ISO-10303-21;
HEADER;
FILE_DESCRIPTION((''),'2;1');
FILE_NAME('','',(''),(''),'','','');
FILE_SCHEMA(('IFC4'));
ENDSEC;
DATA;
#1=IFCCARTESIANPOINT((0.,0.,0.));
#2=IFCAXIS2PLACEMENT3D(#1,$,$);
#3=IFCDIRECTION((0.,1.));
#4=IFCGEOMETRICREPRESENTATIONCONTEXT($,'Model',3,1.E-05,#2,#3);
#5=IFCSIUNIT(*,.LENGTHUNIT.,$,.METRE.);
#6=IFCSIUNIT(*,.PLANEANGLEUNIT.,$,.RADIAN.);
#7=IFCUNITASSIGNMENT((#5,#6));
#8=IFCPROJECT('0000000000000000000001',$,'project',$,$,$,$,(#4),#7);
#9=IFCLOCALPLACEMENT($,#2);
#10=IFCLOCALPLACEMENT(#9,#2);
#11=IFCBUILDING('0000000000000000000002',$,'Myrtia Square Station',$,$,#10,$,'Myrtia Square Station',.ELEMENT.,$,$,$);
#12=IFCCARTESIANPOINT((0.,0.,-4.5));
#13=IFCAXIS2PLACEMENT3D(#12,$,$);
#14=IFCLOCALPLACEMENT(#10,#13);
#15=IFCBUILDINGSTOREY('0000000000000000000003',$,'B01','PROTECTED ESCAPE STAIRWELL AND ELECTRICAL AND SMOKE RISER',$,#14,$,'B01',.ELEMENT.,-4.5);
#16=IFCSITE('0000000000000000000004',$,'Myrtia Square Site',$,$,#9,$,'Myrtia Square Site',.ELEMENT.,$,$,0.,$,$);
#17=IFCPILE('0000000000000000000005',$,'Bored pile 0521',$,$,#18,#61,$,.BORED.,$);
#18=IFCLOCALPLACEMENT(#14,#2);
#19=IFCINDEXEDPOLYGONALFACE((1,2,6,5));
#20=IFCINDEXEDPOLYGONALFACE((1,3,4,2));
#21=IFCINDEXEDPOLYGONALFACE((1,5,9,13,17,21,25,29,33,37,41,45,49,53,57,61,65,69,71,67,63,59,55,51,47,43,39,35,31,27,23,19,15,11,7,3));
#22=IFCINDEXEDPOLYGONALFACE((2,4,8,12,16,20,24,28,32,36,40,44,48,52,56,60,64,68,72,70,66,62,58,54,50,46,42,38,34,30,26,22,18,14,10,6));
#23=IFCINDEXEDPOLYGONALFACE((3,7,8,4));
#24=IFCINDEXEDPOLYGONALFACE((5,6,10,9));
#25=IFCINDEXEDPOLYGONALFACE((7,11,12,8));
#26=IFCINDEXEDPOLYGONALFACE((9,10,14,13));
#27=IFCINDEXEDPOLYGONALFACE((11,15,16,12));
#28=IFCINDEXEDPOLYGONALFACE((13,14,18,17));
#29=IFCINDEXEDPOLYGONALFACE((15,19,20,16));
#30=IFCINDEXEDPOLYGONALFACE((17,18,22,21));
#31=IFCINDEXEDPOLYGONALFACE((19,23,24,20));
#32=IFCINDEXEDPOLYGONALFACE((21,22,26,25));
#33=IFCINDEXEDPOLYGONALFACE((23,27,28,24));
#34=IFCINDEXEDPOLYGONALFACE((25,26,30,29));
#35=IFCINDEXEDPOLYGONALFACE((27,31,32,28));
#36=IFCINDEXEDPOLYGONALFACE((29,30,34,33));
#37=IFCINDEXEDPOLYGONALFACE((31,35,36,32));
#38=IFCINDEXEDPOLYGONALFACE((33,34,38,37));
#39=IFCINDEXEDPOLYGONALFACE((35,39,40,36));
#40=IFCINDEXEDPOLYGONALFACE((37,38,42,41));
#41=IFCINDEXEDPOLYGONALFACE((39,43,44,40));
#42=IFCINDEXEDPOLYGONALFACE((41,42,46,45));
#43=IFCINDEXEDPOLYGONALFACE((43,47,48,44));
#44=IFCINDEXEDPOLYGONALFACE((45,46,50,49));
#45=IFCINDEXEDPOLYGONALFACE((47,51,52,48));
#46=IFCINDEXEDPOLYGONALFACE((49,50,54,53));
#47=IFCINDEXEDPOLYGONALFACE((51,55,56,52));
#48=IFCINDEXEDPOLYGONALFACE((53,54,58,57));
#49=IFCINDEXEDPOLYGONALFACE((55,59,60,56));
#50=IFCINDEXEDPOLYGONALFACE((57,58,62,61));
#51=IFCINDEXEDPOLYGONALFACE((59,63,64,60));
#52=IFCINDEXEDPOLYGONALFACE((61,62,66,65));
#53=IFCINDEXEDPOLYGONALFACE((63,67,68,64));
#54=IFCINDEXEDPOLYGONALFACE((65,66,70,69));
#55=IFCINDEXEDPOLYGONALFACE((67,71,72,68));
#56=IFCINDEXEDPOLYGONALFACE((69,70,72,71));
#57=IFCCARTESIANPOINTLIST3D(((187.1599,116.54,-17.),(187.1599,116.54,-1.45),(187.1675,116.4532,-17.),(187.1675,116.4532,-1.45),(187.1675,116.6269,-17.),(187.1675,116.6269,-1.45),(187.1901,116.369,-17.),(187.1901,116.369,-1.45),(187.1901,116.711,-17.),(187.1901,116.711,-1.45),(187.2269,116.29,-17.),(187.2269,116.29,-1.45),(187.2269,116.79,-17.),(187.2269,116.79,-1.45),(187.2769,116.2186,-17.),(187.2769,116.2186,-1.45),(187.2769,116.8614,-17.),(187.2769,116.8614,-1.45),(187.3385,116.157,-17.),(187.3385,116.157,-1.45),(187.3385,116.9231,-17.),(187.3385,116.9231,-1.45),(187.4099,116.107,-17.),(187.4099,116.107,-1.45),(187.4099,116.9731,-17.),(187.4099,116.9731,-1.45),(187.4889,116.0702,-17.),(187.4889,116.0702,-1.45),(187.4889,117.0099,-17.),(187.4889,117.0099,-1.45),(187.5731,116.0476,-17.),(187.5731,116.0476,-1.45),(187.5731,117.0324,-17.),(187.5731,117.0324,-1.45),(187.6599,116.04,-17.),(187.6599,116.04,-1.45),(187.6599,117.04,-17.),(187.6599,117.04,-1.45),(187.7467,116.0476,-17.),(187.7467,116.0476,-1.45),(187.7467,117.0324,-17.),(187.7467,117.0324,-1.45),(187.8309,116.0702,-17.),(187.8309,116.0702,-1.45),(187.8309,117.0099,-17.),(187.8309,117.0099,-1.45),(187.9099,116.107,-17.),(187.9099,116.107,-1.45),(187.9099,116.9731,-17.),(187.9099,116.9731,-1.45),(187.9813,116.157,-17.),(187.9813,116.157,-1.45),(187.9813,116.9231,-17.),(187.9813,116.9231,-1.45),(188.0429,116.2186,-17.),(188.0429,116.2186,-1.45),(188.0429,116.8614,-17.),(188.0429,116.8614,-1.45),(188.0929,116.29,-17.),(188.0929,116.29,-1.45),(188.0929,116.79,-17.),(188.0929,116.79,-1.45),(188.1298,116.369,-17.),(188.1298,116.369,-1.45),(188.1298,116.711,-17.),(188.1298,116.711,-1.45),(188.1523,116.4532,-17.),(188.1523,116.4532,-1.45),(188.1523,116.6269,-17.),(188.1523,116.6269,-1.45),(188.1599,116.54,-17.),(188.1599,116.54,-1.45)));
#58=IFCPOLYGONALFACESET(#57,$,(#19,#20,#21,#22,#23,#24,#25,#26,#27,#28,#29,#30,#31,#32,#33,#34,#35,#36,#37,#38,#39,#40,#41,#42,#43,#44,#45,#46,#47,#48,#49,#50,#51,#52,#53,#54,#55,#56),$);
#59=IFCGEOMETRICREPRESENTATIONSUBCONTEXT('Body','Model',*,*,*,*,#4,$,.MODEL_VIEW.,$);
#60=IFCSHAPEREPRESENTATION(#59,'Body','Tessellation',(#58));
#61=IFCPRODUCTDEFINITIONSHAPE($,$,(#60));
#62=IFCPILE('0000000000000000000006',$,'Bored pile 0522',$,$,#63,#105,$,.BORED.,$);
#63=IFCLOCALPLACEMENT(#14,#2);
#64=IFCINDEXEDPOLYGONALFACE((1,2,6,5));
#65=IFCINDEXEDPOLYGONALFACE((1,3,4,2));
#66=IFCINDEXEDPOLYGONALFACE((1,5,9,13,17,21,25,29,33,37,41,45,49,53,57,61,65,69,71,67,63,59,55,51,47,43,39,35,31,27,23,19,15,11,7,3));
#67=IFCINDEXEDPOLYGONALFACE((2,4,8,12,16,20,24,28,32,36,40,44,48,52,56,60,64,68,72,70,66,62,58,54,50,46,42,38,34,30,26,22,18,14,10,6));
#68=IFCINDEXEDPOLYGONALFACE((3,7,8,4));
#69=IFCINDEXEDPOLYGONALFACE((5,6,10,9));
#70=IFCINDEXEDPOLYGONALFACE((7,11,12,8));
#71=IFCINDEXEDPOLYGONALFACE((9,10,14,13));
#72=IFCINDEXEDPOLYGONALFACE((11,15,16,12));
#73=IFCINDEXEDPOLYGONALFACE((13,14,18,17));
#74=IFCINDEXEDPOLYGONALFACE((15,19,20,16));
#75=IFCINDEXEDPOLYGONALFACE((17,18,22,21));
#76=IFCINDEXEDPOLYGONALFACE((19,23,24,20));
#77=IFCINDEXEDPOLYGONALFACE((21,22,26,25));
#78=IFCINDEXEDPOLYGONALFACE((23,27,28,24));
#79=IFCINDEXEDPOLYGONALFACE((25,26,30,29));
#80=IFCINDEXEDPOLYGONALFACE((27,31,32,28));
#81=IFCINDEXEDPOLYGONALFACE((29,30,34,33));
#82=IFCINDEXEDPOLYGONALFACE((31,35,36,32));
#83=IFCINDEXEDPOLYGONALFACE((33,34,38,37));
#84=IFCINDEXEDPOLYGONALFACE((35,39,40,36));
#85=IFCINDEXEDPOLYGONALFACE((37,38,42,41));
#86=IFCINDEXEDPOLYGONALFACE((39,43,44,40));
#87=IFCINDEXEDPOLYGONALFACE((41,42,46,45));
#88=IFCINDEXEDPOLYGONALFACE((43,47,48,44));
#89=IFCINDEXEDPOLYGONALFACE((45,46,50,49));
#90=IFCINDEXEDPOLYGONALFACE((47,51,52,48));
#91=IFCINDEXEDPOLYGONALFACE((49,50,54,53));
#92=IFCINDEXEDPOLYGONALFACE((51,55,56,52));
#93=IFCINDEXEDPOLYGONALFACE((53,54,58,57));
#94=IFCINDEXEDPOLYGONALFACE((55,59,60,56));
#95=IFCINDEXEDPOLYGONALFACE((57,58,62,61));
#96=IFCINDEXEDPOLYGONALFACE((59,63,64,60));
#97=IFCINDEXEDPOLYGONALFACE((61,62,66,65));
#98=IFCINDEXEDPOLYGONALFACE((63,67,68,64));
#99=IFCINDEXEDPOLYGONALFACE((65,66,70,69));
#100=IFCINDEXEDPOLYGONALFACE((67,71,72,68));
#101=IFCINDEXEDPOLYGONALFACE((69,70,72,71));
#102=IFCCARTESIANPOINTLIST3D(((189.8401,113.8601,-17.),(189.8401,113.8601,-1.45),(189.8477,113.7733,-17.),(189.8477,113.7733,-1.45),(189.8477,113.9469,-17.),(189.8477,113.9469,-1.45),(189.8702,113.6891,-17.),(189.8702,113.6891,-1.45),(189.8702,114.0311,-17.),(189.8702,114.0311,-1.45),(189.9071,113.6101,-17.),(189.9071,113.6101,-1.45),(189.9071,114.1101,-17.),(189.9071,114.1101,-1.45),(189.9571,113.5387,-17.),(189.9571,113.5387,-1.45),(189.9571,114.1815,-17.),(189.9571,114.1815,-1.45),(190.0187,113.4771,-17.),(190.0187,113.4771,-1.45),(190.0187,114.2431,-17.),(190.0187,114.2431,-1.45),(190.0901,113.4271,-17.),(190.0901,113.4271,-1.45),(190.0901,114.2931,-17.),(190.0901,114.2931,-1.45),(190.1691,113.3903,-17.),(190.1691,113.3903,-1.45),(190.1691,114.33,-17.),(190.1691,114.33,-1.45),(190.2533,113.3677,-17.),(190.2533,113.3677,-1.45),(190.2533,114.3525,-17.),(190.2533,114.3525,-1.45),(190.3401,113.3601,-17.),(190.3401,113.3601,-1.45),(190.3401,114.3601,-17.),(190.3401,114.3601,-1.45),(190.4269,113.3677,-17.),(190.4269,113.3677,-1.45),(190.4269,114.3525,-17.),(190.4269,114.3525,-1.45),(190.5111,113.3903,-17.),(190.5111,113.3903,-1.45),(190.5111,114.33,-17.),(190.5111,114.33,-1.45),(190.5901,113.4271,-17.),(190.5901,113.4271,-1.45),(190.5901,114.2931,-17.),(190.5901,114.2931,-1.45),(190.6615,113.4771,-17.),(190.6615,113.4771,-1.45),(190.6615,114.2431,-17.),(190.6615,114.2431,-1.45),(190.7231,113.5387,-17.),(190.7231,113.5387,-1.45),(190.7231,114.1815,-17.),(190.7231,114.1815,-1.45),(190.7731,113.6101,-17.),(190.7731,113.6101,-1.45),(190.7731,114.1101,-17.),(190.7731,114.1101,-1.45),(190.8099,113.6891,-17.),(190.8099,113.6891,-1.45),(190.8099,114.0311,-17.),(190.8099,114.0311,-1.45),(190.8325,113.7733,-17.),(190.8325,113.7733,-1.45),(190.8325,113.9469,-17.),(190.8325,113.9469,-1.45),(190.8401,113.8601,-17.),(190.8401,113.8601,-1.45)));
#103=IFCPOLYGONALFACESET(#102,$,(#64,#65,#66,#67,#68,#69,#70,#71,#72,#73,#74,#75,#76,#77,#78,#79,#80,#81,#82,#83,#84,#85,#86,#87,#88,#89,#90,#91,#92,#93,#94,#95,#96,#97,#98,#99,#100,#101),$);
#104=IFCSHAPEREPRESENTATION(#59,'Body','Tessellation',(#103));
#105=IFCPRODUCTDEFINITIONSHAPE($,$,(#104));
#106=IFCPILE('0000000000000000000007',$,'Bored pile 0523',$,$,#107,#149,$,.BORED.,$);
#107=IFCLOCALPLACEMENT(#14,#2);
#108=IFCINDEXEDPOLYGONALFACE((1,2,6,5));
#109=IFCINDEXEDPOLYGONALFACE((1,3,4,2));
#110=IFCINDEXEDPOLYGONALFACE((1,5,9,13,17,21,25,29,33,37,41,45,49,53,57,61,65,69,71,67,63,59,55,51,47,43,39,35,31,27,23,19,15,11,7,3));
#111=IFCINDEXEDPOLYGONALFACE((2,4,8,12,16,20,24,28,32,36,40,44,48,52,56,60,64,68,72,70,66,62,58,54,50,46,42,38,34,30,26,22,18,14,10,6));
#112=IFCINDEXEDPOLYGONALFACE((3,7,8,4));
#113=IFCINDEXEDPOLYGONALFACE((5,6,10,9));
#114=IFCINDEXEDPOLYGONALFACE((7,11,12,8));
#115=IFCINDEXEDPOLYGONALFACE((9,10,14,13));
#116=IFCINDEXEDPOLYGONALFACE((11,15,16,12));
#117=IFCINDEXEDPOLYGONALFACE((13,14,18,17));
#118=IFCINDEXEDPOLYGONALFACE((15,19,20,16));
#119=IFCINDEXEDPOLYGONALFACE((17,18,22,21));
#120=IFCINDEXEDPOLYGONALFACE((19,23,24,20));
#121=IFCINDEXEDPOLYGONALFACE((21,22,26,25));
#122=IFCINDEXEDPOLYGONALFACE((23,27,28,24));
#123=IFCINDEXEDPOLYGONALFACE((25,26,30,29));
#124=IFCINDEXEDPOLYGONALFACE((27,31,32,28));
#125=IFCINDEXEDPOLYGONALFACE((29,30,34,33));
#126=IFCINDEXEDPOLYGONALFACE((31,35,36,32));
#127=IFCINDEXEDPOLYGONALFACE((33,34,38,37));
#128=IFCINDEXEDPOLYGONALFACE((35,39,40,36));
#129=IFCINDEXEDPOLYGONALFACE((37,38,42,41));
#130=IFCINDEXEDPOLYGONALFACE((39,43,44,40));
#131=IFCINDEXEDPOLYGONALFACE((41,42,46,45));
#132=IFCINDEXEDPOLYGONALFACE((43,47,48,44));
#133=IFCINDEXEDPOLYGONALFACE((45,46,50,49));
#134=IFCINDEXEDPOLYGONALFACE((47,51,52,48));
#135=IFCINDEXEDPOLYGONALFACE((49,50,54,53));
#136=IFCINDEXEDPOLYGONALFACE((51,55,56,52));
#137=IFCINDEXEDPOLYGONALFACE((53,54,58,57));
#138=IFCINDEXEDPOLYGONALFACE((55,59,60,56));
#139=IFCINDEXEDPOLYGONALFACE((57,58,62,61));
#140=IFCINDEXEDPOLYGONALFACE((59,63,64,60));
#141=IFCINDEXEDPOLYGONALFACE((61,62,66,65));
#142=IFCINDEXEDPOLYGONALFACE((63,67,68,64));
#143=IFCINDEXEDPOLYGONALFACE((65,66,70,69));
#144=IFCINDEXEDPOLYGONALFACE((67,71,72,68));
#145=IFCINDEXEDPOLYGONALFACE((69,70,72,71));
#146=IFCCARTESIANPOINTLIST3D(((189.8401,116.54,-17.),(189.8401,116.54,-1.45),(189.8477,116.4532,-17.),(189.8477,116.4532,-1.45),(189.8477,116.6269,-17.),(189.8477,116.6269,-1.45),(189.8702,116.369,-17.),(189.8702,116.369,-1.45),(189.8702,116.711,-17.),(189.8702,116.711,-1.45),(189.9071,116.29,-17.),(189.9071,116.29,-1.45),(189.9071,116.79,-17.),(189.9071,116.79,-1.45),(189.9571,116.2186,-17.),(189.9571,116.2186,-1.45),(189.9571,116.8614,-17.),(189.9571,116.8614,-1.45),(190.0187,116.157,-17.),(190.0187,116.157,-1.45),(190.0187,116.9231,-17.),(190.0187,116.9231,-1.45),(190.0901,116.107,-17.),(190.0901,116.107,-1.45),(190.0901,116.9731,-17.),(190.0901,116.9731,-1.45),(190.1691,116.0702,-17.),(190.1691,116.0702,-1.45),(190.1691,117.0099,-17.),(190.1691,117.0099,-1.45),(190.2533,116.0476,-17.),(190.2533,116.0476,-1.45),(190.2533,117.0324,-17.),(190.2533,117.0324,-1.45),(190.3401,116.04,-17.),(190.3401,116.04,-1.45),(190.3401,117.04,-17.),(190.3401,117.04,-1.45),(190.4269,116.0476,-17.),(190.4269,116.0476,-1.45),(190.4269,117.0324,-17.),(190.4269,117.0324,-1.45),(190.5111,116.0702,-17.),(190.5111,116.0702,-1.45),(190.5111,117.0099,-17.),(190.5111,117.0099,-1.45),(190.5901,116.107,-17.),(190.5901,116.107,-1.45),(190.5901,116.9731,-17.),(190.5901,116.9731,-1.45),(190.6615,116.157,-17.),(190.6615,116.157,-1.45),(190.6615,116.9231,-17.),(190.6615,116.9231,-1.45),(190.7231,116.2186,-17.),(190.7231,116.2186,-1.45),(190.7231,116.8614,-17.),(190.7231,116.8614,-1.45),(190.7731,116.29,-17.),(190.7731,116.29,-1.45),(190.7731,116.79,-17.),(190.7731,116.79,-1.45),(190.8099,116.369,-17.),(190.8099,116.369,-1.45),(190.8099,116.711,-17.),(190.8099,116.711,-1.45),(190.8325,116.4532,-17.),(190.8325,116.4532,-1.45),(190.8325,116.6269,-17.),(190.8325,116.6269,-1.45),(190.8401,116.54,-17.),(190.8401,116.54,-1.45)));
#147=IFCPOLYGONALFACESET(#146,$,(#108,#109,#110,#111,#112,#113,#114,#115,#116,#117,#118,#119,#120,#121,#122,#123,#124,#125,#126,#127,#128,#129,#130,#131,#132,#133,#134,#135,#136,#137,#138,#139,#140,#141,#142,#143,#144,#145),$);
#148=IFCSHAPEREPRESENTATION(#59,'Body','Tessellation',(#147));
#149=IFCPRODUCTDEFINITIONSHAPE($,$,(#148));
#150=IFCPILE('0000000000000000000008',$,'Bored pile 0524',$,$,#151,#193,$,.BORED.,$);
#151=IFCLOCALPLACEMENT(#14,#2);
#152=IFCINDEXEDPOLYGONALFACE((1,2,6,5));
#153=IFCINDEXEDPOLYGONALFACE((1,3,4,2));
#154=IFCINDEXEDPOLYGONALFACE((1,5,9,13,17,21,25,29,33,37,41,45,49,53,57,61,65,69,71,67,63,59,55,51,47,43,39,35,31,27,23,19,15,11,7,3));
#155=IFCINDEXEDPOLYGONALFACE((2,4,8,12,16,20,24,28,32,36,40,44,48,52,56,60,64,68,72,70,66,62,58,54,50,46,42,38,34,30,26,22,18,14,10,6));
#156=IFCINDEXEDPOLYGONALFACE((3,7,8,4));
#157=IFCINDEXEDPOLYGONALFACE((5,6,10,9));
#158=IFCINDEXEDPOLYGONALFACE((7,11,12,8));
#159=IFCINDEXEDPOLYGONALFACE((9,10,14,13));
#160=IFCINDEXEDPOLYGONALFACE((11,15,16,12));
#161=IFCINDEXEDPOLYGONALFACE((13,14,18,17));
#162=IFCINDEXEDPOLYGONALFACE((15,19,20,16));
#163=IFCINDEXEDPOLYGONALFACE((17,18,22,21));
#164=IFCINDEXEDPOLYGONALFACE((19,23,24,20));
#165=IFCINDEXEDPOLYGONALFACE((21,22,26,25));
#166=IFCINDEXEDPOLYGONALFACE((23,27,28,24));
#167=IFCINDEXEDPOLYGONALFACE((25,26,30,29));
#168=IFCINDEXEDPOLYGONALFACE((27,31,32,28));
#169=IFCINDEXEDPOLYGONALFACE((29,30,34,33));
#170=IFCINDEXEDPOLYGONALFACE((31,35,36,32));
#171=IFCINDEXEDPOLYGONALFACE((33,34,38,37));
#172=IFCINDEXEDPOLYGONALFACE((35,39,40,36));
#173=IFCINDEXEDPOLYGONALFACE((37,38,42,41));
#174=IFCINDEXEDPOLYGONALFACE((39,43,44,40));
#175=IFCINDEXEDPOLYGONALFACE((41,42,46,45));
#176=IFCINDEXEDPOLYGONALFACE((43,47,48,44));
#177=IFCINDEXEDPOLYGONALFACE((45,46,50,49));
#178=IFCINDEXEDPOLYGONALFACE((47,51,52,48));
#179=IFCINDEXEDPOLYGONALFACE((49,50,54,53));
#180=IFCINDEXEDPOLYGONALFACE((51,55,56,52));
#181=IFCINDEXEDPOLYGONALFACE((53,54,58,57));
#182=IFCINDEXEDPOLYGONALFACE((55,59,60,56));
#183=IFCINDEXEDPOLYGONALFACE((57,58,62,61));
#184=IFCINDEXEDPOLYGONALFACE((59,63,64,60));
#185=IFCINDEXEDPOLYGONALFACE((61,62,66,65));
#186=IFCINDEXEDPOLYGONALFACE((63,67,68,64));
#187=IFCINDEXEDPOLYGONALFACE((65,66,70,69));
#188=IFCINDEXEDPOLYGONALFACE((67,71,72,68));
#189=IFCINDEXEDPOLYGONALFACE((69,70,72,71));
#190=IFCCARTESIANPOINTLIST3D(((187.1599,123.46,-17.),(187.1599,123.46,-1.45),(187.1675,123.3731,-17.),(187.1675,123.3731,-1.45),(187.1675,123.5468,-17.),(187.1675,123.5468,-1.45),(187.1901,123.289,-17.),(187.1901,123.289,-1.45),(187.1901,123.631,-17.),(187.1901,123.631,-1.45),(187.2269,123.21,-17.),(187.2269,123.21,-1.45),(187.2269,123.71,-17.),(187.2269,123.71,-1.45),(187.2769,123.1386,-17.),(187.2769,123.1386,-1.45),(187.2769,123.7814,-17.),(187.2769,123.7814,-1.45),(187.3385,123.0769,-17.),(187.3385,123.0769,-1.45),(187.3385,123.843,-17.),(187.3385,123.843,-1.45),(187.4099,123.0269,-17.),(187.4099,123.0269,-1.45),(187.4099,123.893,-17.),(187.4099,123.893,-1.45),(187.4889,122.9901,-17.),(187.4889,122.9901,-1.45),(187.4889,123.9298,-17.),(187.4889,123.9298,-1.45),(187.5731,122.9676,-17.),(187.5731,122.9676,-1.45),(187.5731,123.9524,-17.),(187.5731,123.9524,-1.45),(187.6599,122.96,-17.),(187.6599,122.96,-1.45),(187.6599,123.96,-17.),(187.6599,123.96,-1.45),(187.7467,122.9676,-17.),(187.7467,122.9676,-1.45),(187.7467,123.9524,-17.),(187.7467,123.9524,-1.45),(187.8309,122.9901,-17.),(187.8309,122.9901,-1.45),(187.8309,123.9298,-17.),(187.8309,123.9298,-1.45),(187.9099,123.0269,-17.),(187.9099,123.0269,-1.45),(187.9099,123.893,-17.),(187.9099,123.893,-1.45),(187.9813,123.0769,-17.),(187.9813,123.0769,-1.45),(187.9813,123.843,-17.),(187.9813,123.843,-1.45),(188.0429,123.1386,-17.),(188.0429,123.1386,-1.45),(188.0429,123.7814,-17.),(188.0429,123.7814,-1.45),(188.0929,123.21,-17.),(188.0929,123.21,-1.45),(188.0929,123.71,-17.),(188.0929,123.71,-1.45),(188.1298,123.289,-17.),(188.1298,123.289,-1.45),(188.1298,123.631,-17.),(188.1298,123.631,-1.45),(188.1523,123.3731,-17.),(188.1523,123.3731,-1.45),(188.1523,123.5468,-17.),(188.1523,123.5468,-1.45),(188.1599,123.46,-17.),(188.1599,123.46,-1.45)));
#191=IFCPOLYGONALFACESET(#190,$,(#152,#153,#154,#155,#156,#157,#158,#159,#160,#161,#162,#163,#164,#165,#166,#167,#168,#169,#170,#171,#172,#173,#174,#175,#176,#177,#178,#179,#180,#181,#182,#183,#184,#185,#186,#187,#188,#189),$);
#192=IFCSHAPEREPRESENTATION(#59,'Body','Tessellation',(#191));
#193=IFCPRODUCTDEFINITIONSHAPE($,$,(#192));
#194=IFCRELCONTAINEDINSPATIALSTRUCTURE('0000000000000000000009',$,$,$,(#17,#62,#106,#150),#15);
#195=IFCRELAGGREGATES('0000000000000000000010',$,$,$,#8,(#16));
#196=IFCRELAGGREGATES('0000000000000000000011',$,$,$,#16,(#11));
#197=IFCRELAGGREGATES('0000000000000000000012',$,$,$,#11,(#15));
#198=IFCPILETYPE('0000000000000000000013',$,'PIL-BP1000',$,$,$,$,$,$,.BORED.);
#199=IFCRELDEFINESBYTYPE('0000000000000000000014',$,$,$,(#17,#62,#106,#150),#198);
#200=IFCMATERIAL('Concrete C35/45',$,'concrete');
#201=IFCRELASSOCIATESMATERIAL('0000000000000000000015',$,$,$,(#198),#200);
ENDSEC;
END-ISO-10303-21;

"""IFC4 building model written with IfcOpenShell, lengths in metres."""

from ifc_helpers import new_model, si_unit, direction, frame, origin, origin_2d, place, context, subcontext, project, spatial, circle, extrude, material, material_profile, profile_set, type_object, element, save


model = new_model("IFC4")

# Units and contexts
model_context = context("Model", 3, precision=1e-05, world=origin(), true_north=direction((0.0, 1.0)))
body_context = subcontext(model_context, "Body", "Model", "MODEL_VIEW")
ifc_project = project(units=[si_unit("LENGTHUNIT", "METRE"), si_unit("PLANEANGLEUNIT", "RADIAN")], contexts=[model_context])

# Site, building, storey
site_placement = place(None, origin())
site = spatial("IfcSite", under=ifc_project, at=site_placement, Name="Myrtia Square Site", LongName="Myrtia Square Site", CompositionType="ELEMENT", RefElevation=0.0)
building_placement = place(site_placement, origin())
building = spatial("IfcBuilding", under=site, at=building_placement, Name="Myrtia Square Station", LongName="Myrtia Square Station", CompositionType="ELEMENT")
storey_placement = place(building_placement, frame((0.0, 0.0, -4.5)))
storey = spatial("IfcBuildingStorey", under=building, at=storey_placement, Name="B01", Description="PROTECTED ESCAPE STAIRWELL AND ELECTRICAL AND SMOKE RISER", LongName="B01", CompositionType="ELEMENT", Elevation=-4.5)

# Shared definitions
ifc_material_1 = material(Name="Concrete C35/45", Category="concrete")

# Piles
ifc_material_profile_1 = material_profile(ifc_material_1, circle(Radius=0.5, at=origin_2d()), Name="BP D1000")
ifc_profile_set_1 = profile_set([ifc_material_profile_1], Name="Concrete C35/45")
pile_type = type_object("IfcPileType", Name="PIL-BP1000", PredefinedType="BORED", material=ifc_profile_set_1)
for number, where, z_axis, x_axis, name in (
    (1, (187.6599, 116.54, -1.45), (0.0, 0.0, -1.0), (1.0, 0.0, 0.0), "Bored pile 0521"),
    (2, (190.3401, 113.8601, -1.45), (0.0, 0.0, -1.0), (1.0, 0.0, 0.0), "Bored pile 0522"),
    (3, (190.3401, 116.54, -1.45), (0.0, 0.0, -1.0), (1.0, 0.0, 0.0), "Bored pile 0523"),
    (4, (187.6599, 123.46, -1.45), (0.0, 0.0, -1.0), (1.0, 0.0, 0.0), "Bored pile 0524"),
):
    element("IfcPile", number, at=place(storey_placement, frame(where, z_axis=z_axis, x_axis=x_axis)), inside=storey, type_object=pile_type, Name=name, PredefinedType="BORED", context=body_context, shape_type="SweptSolid", body=[
        extrude(circle(Radius=0.5, at=origin_2d()), origin(), (0.0, 0.0, 1.0), 15.55),
    ])

save(model, "model.ifc")
